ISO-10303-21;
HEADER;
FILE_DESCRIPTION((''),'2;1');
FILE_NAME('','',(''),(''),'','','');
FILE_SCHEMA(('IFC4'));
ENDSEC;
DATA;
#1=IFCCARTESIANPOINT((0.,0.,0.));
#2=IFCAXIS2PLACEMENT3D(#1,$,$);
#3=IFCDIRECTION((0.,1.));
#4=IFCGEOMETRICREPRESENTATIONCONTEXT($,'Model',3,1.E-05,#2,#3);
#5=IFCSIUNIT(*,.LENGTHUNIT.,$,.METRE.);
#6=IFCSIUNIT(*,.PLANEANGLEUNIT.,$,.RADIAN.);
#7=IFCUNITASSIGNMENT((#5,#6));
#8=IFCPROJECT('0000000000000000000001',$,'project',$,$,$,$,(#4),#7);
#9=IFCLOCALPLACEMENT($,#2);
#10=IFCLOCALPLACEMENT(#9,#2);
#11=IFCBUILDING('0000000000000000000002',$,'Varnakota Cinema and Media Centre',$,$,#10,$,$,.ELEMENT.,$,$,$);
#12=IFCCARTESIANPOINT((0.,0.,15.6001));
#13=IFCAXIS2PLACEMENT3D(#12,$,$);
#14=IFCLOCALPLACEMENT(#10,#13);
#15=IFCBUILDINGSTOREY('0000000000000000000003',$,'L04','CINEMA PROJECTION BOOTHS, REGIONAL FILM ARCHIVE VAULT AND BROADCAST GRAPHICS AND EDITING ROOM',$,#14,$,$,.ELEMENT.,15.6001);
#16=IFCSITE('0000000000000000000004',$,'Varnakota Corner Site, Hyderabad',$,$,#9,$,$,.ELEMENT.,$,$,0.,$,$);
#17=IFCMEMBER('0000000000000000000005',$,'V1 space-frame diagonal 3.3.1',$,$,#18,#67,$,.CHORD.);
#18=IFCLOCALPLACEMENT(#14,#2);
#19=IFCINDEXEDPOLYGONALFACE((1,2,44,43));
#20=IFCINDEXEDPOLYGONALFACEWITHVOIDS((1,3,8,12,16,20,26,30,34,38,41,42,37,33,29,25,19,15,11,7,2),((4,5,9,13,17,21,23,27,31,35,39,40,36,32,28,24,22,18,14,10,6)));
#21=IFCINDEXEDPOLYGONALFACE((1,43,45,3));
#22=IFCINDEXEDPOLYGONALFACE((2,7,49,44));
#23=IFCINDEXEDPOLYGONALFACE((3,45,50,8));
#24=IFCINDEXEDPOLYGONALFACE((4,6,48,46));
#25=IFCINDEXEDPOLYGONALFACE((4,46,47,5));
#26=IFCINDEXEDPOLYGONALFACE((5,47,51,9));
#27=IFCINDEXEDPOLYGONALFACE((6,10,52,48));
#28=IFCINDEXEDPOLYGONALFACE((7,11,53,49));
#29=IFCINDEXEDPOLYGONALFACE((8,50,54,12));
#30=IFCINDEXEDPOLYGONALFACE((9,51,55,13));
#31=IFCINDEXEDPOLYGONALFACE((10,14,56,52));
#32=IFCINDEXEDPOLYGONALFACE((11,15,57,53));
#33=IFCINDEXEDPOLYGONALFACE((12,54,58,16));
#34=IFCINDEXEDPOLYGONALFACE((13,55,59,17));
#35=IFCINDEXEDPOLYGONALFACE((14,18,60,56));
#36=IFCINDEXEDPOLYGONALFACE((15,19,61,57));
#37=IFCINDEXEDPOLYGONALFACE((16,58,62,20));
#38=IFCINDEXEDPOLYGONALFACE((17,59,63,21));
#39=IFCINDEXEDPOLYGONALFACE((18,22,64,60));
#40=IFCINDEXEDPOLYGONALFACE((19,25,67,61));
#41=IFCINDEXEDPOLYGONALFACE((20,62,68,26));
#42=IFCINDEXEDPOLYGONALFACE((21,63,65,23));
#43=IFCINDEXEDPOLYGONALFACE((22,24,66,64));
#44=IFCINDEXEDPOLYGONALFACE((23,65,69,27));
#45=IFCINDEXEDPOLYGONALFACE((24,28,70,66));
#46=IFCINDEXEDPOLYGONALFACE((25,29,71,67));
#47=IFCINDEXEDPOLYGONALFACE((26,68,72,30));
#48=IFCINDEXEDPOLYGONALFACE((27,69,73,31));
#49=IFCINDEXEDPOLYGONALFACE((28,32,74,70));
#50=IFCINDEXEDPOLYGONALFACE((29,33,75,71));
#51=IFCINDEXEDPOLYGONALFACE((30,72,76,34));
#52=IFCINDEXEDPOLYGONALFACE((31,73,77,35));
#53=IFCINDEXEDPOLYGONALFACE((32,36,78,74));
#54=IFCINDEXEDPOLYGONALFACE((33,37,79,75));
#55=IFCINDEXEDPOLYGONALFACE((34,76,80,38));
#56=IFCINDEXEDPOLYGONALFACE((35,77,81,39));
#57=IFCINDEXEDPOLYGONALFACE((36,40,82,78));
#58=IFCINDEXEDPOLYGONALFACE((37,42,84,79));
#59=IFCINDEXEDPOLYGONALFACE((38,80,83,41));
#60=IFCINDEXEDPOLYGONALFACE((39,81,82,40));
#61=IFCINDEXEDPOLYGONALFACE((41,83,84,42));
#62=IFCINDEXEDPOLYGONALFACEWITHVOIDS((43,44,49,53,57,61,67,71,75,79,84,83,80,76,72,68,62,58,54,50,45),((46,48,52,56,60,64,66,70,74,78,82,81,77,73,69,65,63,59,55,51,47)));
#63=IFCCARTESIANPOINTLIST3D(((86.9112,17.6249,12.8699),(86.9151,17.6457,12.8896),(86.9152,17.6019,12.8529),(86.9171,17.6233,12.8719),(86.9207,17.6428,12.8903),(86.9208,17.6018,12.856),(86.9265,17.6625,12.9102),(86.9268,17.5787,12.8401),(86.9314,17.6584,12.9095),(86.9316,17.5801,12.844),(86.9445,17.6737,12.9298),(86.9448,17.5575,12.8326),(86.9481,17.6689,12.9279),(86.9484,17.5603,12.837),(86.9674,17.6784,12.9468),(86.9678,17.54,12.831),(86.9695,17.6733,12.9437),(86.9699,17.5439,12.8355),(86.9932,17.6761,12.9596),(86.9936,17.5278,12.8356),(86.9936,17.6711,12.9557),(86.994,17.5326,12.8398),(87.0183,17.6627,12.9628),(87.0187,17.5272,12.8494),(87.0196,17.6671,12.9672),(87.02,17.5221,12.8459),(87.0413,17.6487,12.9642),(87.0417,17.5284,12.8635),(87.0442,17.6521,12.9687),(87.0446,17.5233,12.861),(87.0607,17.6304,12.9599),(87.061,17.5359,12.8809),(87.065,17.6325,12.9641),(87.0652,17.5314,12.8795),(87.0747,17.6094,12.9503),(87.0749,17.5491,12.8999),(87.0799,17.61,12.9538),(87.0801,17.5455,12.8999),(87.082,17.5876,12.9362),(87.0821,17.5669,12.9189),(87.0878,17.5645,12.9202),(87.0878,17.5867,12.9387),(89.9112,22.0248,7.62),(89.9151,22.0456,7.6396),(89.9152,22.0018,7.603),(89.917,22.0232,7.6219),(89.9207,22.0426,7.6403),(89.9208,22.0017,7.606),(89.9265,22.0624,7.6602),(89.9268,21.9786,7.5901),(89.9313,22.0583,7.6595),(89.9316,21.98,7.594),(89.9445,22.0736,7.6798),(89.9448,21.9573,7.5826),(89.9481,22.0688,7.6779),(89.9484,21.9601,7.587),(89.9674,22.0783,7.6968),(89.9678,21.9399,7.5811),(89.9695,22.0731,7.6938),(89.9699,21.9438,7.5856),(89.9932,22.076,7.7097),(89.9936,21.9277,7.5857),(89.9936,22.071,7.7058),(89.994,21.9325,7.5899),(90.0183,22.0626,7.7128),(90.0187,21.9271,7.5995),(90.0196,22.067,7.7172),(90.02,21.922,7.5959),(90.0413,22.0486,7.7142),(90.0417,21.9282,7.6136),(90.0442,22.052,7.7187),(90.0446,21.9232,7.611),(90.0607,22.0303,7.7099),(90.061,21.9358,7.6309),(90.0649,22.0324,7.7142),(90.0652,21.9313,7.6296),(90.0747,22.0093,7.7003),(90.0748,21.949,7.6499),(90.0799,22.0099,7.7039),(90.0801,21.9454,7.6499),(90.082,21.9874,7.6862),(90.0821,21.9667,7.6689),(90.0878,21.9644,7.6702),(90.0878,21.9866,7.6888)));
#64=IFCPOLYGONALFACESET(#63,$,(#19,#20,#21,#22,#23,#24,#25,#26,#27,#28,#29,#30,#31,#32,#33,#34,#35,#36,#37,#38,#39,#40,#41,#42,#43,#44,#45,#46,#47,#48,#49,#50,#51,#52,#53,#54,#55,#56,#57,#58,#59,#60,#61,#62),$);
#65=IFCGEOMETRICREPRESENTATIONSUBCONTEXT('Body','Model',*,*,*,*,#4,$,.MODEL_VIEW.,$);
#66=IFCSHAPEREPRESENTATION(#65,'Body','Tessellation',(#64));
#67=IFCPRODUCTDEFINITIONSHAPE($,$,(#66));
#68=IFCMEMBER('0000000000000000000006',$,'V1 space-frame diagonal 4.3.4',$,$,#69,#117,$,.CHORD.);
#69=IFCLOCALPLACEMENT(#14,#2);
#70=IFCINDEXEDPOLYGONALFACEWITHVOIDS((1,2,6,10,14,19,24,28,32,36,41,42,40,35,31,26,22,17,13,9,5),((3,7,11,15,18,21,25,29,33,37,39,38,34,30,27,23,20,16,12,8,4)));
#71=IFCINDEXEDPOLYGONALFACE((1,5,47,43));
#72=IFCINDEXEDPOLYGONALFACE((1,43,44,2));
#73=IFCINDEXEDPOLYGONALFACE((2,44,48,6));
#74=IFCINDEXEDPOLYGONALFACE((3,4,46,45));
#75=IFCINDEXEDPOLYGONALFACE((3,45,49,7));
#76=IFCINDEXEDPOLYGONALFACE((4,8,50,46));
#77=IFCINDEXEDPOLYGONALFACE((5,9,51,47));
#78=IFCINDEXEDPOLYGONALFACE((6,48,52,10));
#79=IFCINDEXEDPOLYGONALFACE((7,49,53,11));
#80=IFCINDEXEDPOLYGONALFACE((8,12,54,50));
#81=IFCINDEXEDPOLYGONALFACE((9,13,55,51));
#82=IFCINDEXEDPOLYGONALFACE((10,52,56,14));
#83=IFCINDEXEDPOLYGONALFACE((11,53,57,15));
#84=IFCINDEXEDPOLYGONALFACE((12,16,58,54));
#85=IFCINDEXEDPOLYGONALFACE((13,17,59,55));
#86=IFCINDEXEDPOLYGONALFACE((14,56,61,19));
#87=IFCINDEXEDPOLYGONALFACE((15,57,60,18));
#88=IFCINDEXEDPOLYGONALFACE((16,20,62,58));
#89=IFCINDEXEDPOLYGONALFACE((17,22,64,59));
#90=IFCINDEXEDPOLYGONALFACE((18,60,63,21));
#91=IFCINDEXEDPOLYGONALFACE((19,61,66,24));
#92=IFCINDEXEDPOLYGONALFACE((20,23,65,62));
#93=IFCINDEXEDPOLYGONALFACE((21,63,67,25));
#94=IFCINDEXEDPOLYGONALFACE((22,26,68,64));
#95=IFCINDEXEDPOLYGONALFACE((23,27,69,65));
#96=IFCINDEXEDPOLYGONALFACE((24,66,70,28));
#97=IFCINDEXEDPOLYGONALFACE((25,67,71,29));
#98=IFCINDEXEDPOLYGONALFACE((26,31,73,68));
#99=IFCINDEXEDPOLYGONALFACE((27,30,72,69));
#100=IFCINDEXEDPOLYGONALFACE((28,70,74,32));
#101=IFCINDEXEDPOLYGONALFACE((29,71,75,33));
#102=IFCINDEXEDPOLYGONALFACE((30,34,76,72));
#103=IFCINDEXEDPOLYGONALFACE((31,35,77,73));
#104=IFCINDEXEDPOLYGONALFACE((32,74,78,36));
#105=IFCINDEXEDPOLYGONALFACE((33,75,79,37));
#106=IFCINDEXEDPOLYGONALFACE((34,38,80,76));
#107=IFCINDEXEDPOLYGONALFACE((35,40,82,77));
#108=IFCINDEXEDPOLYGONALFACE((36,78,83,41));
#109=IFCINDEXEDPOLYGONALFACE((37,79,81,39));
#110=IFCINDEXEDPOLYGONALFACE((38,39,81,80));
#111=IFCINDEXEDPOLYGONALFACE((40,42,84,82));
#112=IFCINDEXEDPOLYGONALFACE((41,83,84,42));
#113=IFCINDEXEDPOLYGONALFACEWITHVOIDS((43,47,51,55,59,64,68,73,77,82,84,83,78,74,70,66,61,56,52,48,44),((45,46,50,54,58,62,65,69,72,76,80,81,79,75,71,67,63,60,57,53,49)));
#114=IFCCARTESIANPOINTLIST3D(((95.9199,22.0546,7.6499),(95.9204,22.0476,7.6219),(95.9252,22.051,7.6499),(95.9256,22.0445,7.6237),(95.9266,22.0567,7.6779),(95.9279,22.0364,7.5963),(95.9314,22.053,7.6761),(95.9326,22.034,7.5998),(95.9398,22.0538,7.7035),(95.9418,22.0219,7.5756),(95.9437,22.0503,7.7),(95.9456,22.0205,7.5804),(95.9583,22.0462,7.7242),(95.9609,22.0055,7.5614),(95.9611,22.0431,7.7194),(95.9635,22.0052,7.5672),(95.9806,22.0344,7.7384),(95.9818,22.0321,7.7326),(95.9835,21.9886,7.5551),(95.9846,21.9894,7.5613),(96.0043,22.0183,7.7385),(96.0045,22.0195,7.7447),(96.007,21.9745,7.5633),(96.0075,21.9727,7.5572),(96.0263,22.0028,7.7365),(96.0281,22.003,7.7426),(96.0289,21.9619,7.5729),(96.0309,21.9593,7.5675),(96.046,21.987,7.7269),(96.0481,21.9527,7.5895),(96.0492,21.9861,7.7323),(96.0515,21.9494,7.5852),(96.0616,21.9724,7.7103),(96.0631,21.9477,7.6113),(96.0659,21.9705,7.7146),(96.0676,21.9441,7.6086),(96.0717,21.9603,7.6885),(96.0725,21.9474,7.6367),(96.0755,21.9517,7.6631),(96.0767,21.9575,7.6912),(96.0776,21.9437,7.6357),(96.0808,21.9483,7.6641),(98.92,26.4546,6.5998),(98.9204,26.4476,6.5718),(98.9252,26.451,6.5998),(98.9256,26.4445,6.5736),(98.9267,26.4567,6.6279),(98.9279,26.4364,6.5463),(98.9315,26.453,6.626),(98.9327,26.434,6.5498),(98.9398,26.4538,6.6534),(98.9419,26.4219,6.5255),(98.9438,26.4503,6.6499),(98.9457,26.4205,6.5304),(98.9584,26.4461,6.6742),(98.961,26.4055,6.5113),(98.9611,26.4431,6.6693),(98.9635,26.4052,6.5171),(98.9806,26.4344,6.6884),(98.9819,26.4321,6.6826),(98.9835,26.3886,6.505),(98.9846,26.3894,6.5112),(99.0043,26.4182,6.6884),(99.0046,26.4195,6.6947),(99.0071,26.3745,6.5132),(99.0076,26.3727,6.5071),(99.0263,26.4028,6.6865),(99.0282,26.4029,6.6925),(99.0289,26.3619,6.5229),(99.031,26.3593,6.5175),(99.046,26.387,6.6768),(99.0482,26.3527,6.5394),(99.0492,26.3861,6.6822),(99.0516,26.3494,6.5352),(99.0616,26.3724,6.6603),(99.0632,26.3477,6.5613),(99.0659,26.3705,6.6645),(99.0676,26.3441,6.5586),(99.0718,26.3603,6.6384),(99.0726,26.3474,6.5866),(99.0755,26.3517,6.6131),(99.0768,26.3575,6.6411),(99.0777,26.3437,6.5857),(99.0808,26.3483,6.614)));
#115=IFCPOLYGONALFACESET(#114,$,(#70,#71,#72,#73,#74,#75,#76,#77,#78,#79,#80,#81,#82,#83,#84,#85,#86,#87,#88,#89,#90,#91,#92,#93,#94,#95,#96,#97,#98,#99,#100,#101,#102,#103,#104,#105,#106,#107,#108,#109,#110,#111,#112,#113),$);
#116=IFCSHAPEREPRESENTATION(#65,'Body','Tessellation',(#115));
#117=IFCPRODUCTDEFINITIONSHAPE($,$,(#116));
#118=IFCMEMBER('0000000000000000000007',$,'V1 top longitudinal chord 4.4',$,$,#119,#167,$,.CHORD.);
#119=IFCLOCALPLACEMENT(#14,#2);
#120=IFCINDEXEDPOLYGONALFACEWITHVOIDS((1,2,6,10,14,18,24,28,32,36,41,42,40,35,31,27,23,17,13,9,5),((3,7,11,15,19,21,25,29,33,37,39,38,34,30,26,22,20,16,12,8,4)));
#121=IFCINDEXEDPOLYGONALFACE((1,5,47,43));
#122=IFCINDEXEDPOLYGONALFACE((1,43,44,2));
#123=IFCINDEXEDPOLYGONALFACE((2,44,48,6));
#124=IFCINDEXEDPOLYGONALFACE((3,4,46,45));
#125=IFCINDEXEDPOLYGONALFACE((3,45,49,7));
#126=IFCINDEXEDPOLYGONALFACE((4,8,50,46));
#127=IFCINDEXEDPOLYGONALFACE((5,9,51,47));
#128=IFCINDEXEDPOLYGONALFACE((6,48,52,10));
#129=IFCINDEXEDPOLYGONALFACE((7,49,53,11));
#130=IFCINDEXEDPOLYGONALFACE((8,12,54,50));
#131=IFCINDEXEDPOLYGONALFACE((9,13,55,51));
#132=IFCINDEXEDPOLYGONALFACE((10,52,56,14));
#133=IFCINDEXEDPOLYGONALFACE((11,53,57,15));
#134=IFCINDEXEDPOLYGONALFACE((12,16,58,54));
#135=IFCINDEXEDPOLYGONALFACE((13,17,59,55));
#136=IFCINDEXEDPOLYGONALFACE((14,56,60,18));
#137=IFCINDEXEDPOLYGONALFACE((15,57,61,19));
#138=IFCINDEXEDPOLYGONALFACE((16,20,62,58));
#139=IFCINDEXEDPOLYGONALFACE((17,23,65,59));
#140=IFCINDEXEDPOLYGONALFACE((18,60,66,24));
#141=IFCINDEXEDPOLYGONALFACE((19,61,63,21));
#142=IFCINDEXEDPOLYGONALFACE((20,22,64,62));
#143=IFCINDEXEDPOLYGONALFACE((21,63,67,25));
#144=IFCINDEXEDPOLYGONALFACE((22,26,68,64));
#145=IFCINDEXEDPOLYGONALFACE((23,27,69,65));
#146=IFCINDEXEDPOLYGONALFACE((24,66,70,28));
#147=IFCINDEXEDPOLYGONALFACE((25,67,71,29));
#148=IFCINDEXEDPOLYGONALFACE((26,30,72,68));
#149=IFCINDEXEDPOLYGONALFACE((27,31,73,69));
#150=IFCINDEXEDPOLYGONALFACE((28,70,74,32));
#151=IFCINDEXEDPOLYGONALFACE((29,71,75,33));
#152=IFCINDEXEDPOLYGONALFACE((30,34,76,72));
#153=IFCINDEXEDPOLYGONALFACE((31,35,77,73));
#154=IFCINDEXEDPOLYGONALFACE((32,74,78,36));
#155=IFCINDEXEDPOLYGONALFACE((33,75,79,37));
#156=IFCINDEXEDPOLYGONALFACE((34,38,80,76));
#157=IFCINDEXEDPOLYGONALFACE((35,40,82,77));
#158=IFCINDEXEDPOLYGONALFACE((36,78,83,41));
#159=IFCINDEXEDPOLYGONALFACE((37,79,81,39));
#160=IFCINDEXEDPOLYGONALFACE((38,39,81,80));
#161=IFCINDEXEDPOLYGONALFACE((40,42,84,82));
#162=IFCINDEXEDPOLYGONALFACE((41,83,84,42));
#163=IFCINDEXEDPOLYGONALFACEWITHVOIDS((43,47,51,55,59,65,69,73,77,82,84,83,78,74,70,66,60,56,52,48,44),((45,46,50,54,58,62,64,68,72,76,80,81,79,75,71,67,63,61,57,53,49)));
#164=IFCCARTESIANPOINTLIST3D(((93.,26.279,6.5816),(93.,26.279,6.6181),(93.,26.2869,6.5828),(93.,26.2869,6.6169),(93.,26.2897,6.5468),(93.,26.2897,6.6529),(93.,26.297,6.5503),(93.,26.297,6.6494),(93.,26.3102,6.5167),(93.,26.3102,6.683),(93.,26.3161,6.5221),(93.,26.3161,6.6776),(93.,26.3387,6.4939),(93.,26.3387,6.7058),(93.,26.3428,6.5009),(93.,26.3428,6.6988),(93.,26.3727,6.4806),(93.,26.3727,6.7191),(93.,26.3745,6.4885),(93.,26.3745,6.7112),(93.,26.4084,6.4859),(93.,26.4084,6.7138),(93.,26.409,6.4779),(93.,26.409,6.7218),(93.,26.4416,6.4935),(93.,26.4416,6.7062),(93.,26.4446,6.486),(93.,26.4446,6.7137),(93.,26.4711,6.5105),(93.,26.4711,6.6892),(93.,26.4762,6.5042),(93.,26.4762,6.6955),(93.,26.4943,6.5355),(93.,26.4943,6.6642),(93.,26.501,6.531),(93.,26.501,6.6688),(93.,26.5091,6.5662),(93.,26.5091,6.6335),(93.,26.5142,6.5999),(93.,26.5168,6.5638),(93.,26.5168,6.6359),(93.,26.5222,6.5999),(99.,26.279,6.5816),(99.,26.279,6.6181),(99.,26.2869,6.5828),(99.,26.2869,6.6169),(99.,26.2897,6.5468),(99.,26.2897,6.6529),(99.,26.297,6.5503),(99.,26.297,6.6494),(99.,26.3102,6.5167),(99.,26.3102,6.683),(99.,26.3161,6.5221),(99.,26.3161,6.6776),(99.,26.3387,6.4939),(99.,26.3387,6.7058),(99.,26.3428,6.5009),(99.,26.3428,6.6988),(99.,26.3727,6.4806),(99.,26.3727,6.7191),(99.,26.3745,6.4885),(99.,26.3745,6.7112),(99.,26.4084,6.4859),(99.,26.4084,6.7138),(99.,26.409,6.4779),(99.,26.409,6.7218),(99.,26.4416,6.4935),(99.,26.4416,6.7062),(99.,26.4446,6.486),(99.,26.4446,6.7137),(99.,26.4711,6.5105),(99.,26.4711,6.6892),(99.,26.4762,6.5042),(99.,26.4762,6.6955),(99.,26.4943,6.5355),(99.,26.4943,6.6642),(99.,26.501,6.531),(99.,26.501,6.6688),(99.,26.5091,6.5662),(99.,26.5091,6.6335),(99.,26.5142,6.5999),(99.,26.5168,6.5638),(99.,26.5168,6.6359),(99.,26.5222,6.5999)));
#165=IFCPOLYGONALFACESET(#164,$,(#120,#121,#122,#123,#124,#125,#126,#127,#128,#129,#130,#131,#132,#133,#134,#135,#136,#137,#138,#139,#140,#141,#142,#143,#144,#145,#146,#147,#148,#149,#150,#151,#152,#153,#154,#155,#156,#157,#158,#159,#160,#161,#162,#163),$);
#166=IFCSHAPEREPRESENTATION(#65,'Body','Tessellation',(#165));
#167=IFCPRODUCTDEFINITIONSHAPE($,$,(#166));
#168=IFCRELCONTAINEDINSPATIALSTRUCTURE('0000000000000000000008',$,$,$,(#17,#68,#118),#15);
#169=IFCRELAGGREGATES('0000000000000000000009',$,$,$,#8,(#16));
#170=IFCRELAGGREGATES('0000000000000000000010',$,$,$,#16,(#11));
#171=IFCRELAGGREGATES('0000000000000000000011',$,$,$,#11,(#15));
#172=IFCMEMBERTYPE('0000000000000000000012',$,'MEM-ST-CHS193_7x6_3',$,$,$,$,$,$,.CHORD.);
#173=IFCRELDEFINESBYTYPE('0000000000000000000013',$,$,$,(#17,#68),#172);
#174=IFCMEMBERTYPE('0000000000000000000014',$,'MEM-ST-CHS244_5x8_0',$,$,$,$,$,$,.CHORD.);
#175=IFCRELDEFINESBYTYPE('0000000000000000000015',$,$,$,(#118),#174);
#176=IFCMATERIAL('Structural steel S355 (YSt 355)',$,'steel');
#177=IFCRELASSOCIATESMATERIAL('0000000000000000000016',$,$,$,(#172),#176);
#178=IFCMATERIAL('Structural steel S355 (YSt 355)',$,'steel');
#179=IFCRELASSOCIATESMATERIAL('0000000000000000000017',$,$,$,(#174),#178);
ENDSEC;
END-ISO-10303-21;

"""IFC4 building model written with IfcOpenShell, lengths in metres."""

from ifc_helpers import new_model, si_unit, direction, frame, origin, origin_2d, place, context, subcontext, project, spatial, hollow_circle, extrude, material, material_profile, profile_set, type_object, element, save


model = new_model("IFC4")

# Units and contexts
model_context = context("Model", 3, precision=1e-05, world=origin(), true_north=direction((0.0, 1.0)))
body_context = subcontext(model_context, "Body", "Model", "MODEL_VIEW")
ifc_project = project(units=[si_unit("LENGTHUNIT", "METRE"), si_unit("PLANEANGLEUNIT", "RADIAN")], contexts=[model_context])

# Site, building, storey
site_placement = place(None, origin())
site = spatial("IfcSite", under=ifc_project, at=site_placement, Name="Varnakota Corner Site, Hyderabad", CompositionType="ELEMENT", RefElevation=0.0)
building_placement = place(site_placement, origin())
building = spatial("IfcBuilding", under=site, at=building_placement, Name="Varnakota Cinema and Media Centre", CompositionType="ELEMENT")
storey_placement = place(building_placement, frame((0.0, 0.0, 15.6001)))
storey = spatial("IfcBuildingStorey", under=building, at=storey_placement, Name="L04", Description="CINEMA PROJECTION BOOTHS, REGIONAL FILM ARCHIVE VAULT AND BROADCAST GRAPHICS AND EDITING ROOM", CompositionType="ELEMENT", Elevation=15.6001)

# Members
ifc_material_1 = material(Name="Structural steel S355 (YSt 355)", Category="steel")
ifc_material_profile_1 = material_profile(ifc_material_1, hollow_circle(Radius=0.0969, WallThickness=0.0063, at=origin_2d()), Name="CHS 193.7x6.3")
ifc_profile_set_1 = profile_set([ifc_material_profile_1], Name="Structural steel S355 (YSt 355)")
member_type_1 = type_object("IfcMemberType", Name="MEM-ST-CHS193_7x6_3", PredefinedType="CHORD", material=ifc_profile_set_1)
member_1_placement = place(storey_placement, frame((90.0, 22.0, 7.6499), z_axis=(-0.401173, -0.588373, 0.702052), x_axis=(0.826222, -0.563345, 0.0)))
element("IfcMember", 1, at=member_1_placement, inside=storey, type_object=member_type_1, Name="V1 space-frame diagonal 3.3.1", PredefinedType="CHORD", context=body_context, shape_type="SweptSolid", body=[
    extrude(hollow_circle(Radius=0.0969, WallThickness=0.0063, at=origin_2d()), origin(), (0.0, 0.0, 1.0), 7.478),
])
member_2_placement = place(storey_placement, frame((96.0, 22.0, 7.6499), z_axis=(0.552703, 0.810613, -0.193455), x_axis=(-0.826222, 0.563345, 0.0)))
element("IfcMember", 2, at=member_2_placement, inside=storey, type_object=member_type_1, Name="V1 space-frame diagonal 4.3.4", PredefinedType="CHORD", context=body_context, shape_type="SweptSolid", body=[
    extrude(hollow_circle(Radius=0.0969, WallThickness=0.0063, at=origin_2d()), origin(), (0.0, 0.0, 1.0), 5.428),
])
ifc_material_2 = material(Name="Structural steel S355 (YSt 355)", Category="steel")
ifc_material_profile_2 = material_profile(ifc_material_2, hollow_circle(Radius=0.1223, WallThickness=0.0081, at=origin_2d()), Name="CHS 244.5x8.0")
ifc_profile_set_2 = profile_set([ifc_material_profile_2], Name="Structural steel S355 (YSt 355)")
member_type_2 = type_object("IfcMemberType", Name="MEM-ST-CHS244_5x8_0", PredefinedType="CHORD", material=ifc_profile_set_2)
for number, where, z_axis, x_axis, name in (
    (3, (93.0, 26.3999, 6.5999), (1.0, 0.0, 0.0), (0.0, 1.0, 0.0), "V1 top longitudinal chord 4.4"),
):
    element("IfcMember", number, at=place(storey_placement, frame(where, z_axis=z_axis, x_axis=x_axis)), inside=storey, type_object=member_type_2, Name=name, PredefinedType="CHORD", context=body_context, shape_type="SweptSolid", body=[
        extrude(hollow_circle(Radius=0.1223, WallThickness=0.0081, at=origin_2d()), origin(), (0.0, 0.0, 1.0), 6.0),
    ])

save(model, "model.ifc")
